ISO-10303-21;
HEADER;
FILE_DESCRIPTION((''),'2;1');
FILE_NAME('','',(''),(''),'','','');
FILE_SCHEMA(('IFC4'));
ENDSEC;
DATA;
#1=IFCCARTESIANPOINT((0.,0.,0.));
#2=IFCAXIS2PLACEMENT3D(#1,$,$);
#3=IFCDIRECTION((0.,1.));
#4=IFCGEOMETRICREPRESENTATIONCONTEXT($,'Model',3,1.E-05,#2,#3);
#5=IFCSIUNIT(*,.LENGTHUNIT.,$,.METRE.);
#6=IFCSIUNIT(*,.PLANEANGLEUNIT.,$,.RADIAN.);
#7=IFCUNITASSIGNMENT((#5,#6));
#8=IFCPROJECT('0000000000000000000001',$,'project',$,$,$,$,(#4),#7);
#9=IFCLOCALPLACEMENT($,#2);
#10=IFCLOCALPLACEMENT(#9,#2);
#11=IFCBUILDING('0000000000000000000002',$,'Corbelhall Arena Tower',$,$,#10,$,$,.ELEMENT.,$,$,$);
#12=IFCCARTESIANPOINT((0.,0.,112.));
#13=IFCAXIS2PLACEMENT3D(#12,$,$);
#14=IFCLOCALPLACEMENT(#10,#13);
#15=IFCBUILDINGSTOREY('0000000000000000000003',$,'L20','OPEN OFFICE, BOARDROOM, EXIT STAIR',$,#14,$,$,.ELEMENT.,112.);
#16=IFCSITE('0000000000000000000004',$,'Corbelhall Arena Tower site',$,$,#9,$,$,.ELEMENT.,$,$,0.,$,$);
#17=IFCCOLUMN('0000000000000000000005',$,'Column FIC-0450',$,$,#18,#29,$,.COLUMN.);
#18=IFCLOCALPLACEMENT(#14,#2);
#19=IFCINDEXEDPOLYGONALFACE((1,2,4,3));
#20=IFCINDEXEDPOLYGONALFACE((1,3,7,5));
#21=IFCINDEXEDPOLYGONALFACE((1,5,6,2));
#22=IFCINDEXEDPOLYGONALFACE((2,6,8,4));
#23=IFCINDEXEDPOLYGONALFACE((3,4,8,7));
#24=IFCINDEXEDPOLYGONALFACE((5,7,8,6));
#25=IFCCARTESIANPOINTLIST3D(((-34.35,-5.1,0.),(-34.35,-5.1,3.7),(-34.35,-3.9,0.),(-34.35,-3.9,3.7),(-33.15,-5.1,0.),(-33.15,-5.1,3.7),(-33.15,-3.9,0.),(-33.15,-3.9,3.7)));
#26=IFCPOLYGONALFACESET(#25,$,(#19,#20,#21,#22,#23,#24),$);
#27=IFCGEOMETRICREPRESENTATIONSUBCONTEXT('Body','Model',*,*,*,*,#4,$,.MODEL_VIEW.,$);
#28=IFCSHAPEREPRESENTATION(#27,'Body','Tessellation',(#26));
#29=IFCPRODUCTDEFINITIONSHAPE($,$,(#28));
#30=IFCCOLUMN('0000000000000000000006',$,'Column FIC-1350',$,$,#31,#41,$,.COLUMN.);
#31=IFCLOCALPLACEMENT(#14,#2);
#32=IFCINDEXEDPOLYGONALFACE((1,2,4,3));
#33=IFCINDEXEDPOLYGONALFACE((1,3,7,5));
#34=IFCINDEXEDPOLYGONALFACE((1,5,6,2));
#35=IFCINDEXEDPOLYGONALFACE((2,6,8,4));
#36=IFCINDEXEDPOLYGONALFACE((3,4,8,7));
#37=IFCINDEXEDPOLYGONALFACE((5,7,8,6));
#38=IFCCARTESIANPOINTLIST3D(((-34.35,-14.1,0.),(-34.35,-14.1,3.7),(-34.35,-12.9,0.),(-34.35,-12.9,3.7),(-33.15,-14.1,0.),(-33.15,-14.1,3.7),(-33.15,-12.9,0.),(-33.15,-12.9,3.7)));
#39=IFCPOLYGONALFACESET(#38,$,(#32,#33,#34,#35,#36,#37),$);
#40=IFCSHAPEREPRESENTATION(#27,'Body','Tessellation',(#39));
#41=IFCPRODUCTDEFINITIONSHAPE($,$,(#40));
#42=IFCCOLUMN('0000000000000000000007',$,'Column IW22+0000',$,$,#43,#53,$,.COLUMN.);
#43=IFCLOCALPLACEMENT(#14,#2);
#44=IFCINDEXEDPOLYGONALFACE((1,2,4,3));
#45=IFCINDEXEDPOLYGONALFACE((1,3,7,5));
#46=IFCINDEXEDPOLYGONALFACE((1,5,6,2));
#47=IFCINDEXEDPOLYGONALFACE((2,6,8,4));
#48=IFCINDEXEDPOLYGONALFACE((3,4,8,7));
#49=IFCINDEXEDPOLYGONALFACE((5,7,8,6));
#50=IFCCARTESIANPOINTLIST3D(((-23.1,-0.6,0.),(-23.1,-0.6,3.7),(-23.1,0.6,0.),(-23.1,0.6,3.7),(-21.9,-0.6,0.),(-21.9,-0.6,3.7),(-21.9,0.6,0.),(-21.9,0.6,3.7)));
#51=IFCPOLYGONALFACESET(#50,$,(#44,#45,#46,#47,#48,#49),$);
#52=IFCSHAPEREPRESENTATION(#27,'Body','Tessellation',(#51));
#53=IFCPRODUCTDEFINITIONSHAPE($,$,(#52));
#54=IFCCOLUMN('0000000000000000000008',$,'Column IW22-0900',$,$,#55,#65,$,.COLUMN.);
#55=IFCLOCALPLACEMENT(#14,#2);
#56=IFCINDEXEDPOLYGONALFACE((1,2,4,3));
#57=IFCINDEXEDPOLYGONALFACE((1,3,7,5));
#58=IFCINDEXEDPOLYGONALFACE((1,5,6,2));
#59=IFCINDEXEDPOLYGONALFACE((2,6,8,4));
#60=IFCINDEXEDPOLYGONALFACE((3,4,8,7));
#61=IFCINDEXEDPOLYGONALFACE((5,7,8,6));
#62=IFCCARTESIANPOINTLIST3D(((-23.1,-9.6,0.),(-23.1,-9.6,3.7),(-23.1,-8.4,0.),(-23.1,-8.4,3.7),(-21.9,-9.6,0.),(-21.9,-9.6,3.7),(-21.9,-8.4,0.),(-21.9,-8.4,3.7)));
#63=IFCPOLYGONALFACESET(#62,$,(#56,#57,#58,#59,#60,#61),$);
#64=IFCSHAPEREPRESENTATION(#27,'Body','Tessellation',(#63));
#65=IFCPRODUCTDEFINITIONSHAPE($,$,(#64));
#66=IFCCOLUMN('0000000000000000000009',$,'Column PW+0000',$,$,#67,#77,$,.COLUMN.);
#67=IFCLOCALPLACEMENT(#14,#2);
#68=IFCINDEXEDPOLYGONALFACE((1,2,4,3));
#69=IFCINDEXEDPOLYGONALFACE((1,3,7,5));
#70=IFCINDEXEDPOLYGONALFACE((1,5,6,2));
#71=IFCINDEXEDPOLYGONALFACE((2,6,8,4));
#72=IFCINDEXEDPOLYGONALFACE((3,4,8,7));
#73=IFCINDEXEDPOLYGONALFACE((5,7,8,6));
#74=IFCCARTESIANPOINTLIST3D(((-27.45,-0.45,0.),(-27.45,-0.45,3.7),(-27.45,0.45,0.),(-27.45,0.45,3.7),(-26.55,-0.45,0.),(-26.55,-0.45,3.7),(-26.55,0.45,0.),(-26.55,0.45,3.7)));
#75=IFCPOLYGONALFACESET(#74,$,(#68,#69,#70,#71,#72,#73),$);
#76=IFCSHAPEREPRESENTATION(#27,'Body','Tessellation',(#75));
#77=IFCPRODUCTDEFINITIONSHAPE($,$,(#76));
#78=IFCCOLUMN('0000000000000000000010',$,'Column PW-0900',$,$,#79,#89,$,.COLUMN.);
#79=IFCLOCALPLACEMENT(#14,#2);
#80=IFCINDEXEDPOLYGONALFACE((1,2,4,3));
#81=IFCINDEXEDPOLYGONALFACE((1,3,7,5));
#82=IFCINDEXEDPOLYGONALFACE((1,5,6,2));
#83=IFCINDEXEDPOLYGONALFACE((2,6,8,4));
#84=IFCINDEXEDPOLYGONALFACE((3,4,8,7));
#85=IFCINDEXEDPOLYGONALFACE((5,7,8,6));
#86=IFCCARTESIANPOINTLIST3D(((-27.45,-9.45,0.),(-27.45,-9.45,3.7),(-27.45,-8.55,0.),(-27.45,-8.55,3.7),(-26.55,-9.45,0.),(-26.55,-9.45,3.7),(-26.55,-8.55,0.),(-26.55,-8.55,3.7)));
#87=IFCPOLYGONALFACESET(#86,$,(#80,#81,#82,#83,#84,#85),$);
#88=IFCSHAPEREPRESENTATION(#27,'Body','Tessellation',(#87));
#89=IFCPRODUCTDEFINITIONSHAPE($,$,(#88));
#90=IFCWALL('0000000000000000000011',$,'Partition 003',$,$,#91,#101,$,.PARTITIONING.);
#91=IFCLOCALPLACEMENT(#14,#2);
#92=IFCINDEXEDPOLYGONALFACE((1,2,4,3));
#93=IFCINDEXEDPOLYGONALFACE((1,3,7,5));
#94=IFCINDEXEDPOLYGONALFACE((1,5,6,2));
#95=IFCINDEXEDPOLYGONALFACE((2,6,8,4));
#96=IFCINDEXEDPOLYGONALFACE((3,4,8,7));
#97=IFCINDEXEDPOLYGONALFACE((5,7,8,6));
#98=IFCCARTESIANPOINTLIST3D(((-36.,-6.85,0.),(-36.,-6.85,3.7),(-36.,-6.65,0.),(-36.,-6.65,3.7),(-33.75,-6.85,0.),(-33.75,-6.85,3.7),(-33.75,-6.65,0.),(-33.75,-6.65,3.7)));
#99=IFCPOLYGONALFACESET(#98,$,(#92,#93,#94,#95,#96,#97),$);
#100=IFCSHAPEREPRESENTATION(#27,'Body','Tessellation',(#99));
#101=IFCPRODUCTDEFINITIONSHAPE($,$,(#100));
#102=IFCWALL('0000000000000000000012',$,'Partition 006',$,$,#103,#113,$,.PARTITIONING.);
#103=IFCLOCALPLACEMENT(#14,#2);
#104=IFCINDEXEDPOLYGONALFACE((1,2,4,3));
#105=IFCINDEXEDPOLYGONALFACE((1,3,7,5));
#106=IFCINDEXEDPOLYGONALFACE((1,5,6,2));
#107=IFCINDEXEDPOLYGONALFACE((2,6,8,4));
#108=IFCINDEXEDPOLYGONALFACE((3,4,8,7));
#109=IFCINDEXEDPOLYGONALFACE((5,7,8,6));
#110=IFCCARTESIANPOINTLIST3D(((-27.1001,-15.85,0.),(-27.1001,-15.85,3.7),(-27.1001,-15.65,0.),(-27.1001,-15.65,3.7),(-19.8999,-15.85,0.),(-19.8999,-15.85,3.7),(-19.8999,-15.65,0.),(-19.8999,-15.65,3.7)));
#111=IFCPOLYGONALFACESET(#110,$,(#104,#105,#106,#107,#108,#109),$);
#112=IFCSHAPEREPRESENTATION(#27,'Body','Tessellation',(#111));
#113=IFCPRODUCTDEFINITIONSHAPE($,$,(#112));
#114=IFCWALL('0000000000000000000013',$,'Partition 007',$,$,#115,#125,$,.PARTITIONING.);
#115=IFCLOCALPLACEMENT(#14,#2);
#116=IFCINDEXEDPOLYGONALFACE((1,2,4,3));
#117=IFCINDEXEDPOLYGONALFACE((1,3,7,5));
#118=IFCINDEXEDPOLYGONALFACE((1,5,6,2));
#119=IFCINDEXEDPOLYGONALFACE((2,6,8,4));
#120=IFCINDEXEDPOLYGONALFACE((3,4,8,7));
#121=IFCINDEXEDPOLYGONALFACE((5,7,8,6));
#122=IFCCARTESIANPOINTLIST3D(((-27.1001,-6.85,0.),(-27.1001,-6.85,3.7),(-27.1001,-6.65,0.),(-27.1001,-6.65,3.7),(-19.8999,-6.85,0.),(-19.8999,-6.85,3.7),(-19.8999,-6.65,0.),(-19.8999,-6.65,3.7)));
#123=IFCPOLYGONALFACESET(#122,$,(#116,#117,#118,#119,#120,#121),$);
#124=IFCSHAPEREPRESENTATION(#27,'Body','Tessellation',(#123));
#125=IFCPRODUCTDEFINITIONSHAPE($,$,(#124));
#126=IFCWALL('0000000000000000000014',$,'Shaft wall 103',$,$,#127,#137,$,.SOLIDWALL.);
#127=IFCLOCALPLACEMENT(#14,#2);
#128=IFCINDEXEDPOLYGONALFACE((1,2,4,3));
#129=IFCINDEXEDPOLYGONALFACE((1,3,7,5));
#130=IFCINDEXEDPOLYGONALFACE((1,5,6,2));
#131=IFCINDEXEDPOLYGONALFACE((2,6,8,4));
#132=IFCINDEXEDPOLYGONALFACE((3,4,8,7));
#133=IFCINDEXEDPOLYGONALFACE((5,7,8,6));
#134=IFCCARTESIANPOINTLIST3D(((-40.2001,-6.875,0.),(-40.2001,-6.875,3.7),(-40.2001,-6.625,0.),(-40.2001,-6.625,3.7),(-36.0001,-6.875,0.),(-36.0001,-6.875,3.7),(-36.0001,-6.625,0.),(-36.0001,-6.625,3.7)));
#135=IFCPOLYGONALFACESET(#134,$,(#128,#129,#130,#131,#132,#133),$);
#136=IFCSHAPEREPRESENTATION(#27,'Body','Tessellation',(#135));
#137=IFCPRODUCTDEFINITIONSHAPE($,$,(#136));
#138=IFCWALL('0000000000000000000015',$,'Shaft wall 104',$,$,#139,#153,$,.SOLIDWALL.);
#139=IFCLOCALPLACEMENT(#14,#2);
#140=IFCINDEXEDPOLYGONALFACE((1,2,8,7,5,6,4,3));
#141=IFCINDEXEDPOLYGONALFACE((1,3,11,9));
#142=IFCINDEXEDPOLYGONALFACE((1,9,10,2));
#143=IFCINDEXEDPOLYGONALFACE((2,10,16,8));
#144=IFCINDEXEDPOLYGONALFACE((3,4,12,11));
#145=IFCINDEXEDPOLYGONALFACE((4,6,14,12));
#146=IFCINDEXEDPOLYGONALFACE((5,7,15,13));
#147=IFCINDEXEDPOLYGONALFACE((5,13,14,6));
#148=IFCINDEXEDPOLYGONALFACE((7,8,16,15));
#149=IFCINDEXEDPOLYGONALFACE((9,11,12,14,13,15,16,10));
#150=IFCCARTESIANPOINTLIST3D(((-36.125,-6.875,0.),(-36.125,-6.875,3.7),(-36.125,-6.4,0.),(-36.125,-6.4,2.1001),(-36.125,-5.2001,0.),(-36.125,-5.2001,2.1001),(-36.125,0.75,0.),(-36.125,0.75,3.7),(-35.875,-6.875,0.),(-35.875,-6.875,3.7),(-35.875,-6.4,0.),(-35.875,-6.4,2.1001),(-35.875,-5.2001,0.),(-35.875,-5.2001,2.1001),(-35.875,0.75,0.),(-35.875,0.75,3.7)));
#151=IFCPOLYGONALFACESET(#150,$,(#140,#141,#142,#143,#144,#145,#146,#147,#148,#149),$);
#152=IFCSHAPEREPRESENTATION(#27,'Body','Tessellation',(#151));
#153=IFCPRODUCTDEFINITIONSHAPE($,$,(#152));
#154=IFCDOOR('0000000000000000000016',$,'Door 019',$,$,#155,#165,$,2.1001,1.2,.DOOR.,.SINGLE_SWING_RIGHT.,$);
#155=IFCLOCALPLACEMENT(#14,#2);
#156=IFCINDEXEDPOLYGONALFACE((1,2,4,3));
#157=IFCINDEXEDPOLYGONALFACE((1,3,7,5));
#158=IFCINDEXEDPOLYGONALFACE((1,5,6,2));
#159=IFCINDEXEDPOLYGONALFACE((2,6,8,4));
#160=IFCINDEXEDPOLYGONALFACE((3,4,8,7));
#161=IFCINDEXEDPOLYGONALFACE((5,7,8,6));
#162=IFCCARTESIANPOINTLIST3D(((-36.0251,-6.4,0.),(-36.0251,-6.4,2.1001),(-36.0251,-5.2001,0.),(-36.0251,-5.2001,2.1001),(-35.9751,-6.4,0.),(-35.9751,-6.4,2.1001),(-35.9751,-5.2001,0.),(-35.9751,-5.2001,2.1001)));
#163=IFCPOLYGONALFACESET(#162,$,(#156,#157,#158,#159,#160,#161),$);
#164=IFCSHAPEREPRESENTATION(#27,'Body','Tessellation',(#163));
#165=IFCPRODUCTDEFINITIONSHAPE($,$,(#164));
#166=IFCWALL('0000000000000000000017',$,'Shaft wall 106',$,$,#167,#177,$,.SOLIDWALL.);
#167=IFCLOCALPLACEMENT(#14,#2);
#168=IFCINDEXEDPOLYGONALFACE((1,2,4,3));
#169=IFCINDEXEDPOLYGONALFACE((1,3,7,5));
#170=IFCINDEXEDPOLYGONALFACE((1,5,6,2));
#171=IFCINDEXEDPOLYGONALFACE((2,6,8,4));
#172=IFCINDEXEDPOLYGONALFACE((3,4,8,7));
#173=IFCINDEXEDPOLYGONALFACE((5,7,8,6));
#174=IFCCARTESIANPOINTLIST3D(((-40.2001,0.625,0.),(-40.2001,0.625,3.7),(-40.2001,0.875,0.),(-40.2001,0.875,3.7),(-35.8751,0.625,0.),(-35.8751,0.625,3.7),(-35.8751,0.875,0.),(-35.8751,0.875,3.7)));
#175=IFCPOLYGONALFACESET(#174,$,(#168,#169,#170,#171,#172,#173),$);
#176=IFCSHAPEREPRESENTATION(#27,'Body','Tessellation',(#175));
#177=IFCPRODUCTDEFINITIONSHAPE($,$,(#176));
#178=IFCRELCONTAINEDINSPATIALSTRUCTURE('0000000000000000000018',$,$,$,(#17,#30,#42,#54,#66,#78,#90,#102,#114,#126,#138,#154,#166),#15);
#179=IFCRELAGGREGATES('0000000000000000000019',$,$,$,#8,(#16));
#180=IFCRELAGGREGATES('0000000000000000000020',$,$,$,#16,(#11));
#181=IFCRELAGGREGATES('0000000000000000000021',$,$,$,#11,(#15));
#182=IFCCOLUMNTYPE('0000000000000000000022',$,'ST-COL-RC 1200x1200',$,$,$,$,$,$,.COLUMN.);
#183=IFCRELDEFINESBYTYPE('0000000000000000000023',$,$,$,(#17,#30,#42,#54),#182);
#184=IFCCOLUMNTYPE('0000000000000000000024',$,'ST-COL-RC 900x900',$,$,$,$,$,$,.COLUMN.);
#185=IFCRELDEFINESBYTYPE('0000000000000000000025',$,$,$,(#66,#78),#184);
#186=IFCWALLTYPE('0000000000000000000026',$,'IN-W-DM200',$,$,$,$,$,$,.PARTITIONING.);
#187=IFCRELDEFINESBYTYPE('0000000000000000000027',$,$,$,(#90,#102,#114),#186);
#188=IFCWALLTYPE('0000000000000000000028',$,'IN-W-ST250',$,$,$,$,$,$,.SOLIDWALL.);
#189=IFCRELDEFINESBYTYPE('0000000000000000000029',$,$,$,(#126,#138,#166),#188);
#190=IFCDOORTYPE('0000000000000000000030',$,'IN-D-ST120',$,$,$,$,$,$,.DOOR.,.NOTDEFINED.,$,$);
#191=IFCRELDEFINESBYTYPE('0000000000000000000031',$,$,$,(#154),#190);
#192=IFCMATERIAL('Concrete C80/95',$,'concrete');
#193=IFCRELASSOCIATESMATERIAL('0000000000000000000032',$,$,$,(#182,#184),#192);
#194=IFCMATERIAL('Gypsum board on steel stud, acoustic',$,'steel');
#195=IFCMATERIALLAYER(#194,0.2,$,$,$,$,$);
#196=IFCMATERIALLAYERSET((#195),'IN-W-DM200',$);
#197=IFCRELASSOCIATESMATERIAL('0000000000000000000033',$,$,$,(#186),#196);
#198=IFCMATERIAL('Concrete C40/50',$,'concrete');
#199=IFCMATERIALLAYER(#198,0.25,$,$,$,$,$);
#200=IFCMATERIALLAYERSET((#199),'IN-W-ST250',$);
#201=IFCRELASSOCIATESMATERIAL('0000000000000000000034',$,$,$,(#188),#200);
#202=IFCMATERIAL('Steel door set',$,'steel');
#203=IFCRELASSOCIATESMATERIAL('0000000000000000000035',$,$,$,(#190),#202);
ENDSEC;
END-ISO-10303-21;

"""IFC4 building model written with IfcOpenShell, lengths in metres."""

from ifc_helpers import new_model, si_unit, direction, frame, frame_2d, origin, origin_2d, place, context, subcontext, project, spatial, rectangle, extrude, material, layer, layer_set, material_profile, profile_set, type_object, element, fill, save


model = new_model("IFC4")

# Units and contexts
model_context = context("Model", 3, precision=1e-05, world=origin(), true_north=direction((0.0, 1.0)))
body_context = subcontext(model_context, "Body", "Model", "MODEL_VIEW")
ifc_project = project(units=[si_unit("LENGTHUNIT", "METRE"), si_unit("PLANEANGLEUNIT", "RADIAN")], contexts=[model_context])

# Site, building, storey
site_placement = place(None, origin())
site = spatial("IfcSite", under=ifc_project, at=site_placement, Name="Corbelhall Arena Tower site", CompositionType="ELEMENT", RefElevation=0.0)
building_placement = place(site_placement, origin())
building = spatial("IfcBuilding", under=site, at=building_placement, Name="Corbelhall Arena Tower", CompositionType="ELEMENT")
storey_placement = place(building_placement, frame((0.0, 0.0, 112.0)))
storey = spatial("IfcBuildingStorey", under=building, at=storey_placement, Name="L20", Description="OPEN OFFICE, BOARDROOM, EXIT STAIR", CompositionType="ELEMENT", Elevation=112.0)

# Columns
ifc_material_1 = material(Name="Concrete C80/95", Category="concrete")
ifc_material_profile_1 = material_profile(ifc_material_1, rectangle(XDim=1.2, YDim=1.2, at=origin_2d()))
ifc_profile_set_1 = profile_set([ifc_material_profile_1], Name="Concrete C80/95")
column_type_1 = type_object("IfcColumnType", Name="ST-COL-RC 1200x1200", PredefinedType="COLUMN", material=ifc_profile_set_1)
for number, where, z_axis, x_axis, name in (
    (1, (-33.75, -4.5, 0.0), (0.0, 0.0, 1.0), (1.0, 0.0, 0.0), "Column FIC-0450"),
    (2, (-33.75, -13.5, 0.0), (0.0, 0.0, 1.0), (1.0, 0.0, 0.0), "Column FIC-1350"),
    (3, (-22.5, 0.0, 0.0), (0.0, 0.0, 1.0), (1.0, 0.0, 0.0), "Column IW22+0000"),
    (4, (-22.5, -9.0, 0.0), (0.0, 0.0, 1.0), (1.0, 0.0, 0.0), "Column IW22-0900"),
):
    element("IfcColumn", number, at=place(storey_placement, frame(where, z_axis=z_axis, x_axis=x_axis)), inside=storey, type_object=column_type_1, Name=name, PredefinedType="COLUMN", context=body_context, shape_type="SweptSolid", body=[
        extrude(rectangle(XDim=1.2, YDim=1.2, at=origin_2d()), origin(), (0.0, 0.0, 1.0), 3.7),
    ])
ifc_material_profile_2 = material_profile(ifc_material_1, rectangle(XDim=0.8999, YDim=0.8999, at=origin_2d()))
ifc_profile_set_2 = profile_set([ifc_material_profile_2], Name="Concrete C80/95")
column_type_2 = type_object("IfcColumnType", Name="ST-COL-RC 900x900", PredefinedType="COLUMN", material=ifc_profile_set_2)
for number, where, z_axis, x_axis, name in (
    (5, (-27.0, 0.0, 0.0), (0.0, 0.0, 1.0), (1.0, 0.0, 0.0), "Column PW+0000"),
    (6, (-27.0, -9.0, 0.0), (0.0, 0.0, 1.0), (1.0, 0.0, 0.0), "Column PW-0900"),
):
    element("IfcColumn", number, at=place(storey_placement, frame(where, z_axis=z_axis, x_axis=x_axis)), inside=storey, type_object=column_type_2, Name=name, PredefinedType="COLUMN", context=body_context, shape_type="SweptSolid", body=[
        extrude(rectangle(XDim=0.8999, YDim=0.8999, at=origin_2d()), origin(), (0.0, 0.0, 1.0), 3.7),
    ])

# Walls
ifc_material_2 = material(Name="Gypsum board on steel stud, acoustic", Category="steel")
ifc_layer_1 = layer(ifc_material_2, 0.2)
ifc_layer_set_1 = layer_set([ifc_layer_1], Name="IN-W-DM200")
wall_type_1 = type_object("IfcWallType", Name="IN-W-DM200", PredefinedType="PARTITIONING", material=ifc_layer_set_1)
wall_1_placement = place(storey_placement, frame((-33.75, -6.75, 0.0), z_axis=(0.0, 0.0, 1.0), x_axis=(-1.0, 0.0, 0.0)))
element("IfcWall", 7, at=wall_1_placement, inside=storey, type_object=wall_type_1, Name="Partition 003", PredefinedType="PARTITIONING", context=body_context, shape_type="SweptSolid", body=[
    extrude(rectangle(XDim=2.25, YDim=0.2, at=frame_2d((1.125, 0.0))), origin(), (0.0, 0.0, 1.0), 3.7),
])
for number, where, z_axis, x_axis, name in (
    (8, (-27.1001, -15.75, 0.0), (0.0, 0.0, 1.0), (1.0, 0.0, 0.0), "Partition 006"),
    (9, (-27.1001, -6.75, 0.0), (0.0, 0.0, 1.0), (1.0, 0.0, 0.0), "Partition 007"),
):
    element("IfcWall", number, at=place(storey_placement, frame(where, z_axis=z_axis, x_axis=x_axis)), inside=storey, type_object=wall_type_1, Name=name, PredefinedType="PARTITIONING", context=body_context, shape_type="SweptSolid", body=[
        extrude(rectangle(XDim=7.2002, YDim=0.2, at=frame_2d((3.6001, 0.0))), origin(), (0.0, 0.0, 1.0), 3.7),
    ])

# Shared definitions
ifc_material_3 = material(Name="Steel door set", Category="steel")

# Wall
ifc_material_4 = material(Name="Concrete C40/50", Category="concrete")
ifc_layer_2 = layer(ifc_material_4, 0.25)
ifc_layer_set_2 = layer_set([ifc_layer_2], Name="IN-W-ST250")
wall_type_2 = type_object("IfcWallType", Name="IN-W-ST250", PredefinedType="SOLIDWALL", material=ifc_layer_set_2)
wall_2_placement = place(storey_placement, frame((-36.0, -6.75, 0.0), z_axis=(0.0, 0.0, 1.0), x_axis=(-1.0, 0.0, 0.0)))
element("IfcWall", 10, at=wall_2_placement, inside=storey, type_object=wall_type_2, Name="Shaft wall 103", PredefinedType="SOLIDWALL", context=body_context, shape_type="SweptSolid", body=[
    extrude(rectangle(XDim=4.2, YDim=0.25, at=frame_2d((2.1001, 0.0))), origin(), (0.0, 0.0, 1.0), 3.7),
])

# Wall, opening, door
wall_3_placement = place(storey_placement, frame((-36.0, 0.75, 0.0), z_axis=(0.0, 0.0, 1.0), x_axis=(0.0, -1.0, 0.0)))
wall_3 = element("IfcWall", 11, at=wall_3_placement, inside=storey, type_object=wall_type_2, Name="Shaft wall 104", PredefinedType="SOLIDWALL", context=body_context, shape_type="SweptSolid", body=[
    extrude(rectangle(XDim=7.625, YDim=0.25, at=frame_2d((3.8125, 0.0))), origin(), (0.0, 0.0, 1.0), 3.7),
])
opening_1_placement = place(wall_3_placement, frame((5.95, 0.0, 0.0)))
opening_1 = element("IfcOpeningElement", 12, at=opening_1_placement, cuts=wall_3, PredefinedType="OPENING", context=body_context, shape_type="SweptSolid", body=[
    extrude(rectangle(XDim=1.2, YDim=2.1001, at=frame_2d((0.6001, 1.05))), frame((0.0, 0.125, 0.0), z_axis=(0.0, -1.0, 0.0), x_axis=(1.0, 0.0, 0.0)), (0.0, 0.0, 1.0), 0.25),
])
door_type_1 = type_object("IfcDoorType", Name="IN-D-ST120", OperationType="NOTDEFINED", PredefinedType="DOOR", material=ifc_material_3)
door_1_placement = place(opening_1_placement, origin())
door_1 = element("IfcDoor", 13, at=door_1_placement, inside=storey, type_object=door_type_1, Name="Door 019", OperationType="SINGLE_SWING_RIGHT", OverallHeight=2.1001, OverallWidth=1.2, PredefinedType="DOOR", context=body_context, shape_type="SweptSolid", body=[
    extrude(rectangle(XDim=1.2, YDim=2.1001, at=frame_2d((0.6001, 1.05))), frame((0.0, 0.0249, 0.0), z_axis=(0.0, -1.0, 0.0), x_axis=(1.0, 0.0, 0.0)), (0.0, 0.0, 1.0), 0.05),
])
fill(opening_1, door_1)

# Wall
wall_4_placement = place(storey_placement, frame((-35.875, 0.75, 0.0), z_axis=(0.0, 0.0, 1.0), x_axis=(-1.0, 0.0, 0.0)))
element("IfcWall", 14, at=wall_4_placement, inside=storey, type_object=wall_type_2, Name="Shaft wall 106", PredefinedType="SOLIDWALL", context=body_context, shape_type="SweptSolid", body=[
    extrude(rectangle(XDim=4.325, YDim=0.25, at=frame_2d((2.1626, 0.0))), origin(), (0.0, 0.0, 1.0), 3.7),
])

save(model, "model.ifc")
